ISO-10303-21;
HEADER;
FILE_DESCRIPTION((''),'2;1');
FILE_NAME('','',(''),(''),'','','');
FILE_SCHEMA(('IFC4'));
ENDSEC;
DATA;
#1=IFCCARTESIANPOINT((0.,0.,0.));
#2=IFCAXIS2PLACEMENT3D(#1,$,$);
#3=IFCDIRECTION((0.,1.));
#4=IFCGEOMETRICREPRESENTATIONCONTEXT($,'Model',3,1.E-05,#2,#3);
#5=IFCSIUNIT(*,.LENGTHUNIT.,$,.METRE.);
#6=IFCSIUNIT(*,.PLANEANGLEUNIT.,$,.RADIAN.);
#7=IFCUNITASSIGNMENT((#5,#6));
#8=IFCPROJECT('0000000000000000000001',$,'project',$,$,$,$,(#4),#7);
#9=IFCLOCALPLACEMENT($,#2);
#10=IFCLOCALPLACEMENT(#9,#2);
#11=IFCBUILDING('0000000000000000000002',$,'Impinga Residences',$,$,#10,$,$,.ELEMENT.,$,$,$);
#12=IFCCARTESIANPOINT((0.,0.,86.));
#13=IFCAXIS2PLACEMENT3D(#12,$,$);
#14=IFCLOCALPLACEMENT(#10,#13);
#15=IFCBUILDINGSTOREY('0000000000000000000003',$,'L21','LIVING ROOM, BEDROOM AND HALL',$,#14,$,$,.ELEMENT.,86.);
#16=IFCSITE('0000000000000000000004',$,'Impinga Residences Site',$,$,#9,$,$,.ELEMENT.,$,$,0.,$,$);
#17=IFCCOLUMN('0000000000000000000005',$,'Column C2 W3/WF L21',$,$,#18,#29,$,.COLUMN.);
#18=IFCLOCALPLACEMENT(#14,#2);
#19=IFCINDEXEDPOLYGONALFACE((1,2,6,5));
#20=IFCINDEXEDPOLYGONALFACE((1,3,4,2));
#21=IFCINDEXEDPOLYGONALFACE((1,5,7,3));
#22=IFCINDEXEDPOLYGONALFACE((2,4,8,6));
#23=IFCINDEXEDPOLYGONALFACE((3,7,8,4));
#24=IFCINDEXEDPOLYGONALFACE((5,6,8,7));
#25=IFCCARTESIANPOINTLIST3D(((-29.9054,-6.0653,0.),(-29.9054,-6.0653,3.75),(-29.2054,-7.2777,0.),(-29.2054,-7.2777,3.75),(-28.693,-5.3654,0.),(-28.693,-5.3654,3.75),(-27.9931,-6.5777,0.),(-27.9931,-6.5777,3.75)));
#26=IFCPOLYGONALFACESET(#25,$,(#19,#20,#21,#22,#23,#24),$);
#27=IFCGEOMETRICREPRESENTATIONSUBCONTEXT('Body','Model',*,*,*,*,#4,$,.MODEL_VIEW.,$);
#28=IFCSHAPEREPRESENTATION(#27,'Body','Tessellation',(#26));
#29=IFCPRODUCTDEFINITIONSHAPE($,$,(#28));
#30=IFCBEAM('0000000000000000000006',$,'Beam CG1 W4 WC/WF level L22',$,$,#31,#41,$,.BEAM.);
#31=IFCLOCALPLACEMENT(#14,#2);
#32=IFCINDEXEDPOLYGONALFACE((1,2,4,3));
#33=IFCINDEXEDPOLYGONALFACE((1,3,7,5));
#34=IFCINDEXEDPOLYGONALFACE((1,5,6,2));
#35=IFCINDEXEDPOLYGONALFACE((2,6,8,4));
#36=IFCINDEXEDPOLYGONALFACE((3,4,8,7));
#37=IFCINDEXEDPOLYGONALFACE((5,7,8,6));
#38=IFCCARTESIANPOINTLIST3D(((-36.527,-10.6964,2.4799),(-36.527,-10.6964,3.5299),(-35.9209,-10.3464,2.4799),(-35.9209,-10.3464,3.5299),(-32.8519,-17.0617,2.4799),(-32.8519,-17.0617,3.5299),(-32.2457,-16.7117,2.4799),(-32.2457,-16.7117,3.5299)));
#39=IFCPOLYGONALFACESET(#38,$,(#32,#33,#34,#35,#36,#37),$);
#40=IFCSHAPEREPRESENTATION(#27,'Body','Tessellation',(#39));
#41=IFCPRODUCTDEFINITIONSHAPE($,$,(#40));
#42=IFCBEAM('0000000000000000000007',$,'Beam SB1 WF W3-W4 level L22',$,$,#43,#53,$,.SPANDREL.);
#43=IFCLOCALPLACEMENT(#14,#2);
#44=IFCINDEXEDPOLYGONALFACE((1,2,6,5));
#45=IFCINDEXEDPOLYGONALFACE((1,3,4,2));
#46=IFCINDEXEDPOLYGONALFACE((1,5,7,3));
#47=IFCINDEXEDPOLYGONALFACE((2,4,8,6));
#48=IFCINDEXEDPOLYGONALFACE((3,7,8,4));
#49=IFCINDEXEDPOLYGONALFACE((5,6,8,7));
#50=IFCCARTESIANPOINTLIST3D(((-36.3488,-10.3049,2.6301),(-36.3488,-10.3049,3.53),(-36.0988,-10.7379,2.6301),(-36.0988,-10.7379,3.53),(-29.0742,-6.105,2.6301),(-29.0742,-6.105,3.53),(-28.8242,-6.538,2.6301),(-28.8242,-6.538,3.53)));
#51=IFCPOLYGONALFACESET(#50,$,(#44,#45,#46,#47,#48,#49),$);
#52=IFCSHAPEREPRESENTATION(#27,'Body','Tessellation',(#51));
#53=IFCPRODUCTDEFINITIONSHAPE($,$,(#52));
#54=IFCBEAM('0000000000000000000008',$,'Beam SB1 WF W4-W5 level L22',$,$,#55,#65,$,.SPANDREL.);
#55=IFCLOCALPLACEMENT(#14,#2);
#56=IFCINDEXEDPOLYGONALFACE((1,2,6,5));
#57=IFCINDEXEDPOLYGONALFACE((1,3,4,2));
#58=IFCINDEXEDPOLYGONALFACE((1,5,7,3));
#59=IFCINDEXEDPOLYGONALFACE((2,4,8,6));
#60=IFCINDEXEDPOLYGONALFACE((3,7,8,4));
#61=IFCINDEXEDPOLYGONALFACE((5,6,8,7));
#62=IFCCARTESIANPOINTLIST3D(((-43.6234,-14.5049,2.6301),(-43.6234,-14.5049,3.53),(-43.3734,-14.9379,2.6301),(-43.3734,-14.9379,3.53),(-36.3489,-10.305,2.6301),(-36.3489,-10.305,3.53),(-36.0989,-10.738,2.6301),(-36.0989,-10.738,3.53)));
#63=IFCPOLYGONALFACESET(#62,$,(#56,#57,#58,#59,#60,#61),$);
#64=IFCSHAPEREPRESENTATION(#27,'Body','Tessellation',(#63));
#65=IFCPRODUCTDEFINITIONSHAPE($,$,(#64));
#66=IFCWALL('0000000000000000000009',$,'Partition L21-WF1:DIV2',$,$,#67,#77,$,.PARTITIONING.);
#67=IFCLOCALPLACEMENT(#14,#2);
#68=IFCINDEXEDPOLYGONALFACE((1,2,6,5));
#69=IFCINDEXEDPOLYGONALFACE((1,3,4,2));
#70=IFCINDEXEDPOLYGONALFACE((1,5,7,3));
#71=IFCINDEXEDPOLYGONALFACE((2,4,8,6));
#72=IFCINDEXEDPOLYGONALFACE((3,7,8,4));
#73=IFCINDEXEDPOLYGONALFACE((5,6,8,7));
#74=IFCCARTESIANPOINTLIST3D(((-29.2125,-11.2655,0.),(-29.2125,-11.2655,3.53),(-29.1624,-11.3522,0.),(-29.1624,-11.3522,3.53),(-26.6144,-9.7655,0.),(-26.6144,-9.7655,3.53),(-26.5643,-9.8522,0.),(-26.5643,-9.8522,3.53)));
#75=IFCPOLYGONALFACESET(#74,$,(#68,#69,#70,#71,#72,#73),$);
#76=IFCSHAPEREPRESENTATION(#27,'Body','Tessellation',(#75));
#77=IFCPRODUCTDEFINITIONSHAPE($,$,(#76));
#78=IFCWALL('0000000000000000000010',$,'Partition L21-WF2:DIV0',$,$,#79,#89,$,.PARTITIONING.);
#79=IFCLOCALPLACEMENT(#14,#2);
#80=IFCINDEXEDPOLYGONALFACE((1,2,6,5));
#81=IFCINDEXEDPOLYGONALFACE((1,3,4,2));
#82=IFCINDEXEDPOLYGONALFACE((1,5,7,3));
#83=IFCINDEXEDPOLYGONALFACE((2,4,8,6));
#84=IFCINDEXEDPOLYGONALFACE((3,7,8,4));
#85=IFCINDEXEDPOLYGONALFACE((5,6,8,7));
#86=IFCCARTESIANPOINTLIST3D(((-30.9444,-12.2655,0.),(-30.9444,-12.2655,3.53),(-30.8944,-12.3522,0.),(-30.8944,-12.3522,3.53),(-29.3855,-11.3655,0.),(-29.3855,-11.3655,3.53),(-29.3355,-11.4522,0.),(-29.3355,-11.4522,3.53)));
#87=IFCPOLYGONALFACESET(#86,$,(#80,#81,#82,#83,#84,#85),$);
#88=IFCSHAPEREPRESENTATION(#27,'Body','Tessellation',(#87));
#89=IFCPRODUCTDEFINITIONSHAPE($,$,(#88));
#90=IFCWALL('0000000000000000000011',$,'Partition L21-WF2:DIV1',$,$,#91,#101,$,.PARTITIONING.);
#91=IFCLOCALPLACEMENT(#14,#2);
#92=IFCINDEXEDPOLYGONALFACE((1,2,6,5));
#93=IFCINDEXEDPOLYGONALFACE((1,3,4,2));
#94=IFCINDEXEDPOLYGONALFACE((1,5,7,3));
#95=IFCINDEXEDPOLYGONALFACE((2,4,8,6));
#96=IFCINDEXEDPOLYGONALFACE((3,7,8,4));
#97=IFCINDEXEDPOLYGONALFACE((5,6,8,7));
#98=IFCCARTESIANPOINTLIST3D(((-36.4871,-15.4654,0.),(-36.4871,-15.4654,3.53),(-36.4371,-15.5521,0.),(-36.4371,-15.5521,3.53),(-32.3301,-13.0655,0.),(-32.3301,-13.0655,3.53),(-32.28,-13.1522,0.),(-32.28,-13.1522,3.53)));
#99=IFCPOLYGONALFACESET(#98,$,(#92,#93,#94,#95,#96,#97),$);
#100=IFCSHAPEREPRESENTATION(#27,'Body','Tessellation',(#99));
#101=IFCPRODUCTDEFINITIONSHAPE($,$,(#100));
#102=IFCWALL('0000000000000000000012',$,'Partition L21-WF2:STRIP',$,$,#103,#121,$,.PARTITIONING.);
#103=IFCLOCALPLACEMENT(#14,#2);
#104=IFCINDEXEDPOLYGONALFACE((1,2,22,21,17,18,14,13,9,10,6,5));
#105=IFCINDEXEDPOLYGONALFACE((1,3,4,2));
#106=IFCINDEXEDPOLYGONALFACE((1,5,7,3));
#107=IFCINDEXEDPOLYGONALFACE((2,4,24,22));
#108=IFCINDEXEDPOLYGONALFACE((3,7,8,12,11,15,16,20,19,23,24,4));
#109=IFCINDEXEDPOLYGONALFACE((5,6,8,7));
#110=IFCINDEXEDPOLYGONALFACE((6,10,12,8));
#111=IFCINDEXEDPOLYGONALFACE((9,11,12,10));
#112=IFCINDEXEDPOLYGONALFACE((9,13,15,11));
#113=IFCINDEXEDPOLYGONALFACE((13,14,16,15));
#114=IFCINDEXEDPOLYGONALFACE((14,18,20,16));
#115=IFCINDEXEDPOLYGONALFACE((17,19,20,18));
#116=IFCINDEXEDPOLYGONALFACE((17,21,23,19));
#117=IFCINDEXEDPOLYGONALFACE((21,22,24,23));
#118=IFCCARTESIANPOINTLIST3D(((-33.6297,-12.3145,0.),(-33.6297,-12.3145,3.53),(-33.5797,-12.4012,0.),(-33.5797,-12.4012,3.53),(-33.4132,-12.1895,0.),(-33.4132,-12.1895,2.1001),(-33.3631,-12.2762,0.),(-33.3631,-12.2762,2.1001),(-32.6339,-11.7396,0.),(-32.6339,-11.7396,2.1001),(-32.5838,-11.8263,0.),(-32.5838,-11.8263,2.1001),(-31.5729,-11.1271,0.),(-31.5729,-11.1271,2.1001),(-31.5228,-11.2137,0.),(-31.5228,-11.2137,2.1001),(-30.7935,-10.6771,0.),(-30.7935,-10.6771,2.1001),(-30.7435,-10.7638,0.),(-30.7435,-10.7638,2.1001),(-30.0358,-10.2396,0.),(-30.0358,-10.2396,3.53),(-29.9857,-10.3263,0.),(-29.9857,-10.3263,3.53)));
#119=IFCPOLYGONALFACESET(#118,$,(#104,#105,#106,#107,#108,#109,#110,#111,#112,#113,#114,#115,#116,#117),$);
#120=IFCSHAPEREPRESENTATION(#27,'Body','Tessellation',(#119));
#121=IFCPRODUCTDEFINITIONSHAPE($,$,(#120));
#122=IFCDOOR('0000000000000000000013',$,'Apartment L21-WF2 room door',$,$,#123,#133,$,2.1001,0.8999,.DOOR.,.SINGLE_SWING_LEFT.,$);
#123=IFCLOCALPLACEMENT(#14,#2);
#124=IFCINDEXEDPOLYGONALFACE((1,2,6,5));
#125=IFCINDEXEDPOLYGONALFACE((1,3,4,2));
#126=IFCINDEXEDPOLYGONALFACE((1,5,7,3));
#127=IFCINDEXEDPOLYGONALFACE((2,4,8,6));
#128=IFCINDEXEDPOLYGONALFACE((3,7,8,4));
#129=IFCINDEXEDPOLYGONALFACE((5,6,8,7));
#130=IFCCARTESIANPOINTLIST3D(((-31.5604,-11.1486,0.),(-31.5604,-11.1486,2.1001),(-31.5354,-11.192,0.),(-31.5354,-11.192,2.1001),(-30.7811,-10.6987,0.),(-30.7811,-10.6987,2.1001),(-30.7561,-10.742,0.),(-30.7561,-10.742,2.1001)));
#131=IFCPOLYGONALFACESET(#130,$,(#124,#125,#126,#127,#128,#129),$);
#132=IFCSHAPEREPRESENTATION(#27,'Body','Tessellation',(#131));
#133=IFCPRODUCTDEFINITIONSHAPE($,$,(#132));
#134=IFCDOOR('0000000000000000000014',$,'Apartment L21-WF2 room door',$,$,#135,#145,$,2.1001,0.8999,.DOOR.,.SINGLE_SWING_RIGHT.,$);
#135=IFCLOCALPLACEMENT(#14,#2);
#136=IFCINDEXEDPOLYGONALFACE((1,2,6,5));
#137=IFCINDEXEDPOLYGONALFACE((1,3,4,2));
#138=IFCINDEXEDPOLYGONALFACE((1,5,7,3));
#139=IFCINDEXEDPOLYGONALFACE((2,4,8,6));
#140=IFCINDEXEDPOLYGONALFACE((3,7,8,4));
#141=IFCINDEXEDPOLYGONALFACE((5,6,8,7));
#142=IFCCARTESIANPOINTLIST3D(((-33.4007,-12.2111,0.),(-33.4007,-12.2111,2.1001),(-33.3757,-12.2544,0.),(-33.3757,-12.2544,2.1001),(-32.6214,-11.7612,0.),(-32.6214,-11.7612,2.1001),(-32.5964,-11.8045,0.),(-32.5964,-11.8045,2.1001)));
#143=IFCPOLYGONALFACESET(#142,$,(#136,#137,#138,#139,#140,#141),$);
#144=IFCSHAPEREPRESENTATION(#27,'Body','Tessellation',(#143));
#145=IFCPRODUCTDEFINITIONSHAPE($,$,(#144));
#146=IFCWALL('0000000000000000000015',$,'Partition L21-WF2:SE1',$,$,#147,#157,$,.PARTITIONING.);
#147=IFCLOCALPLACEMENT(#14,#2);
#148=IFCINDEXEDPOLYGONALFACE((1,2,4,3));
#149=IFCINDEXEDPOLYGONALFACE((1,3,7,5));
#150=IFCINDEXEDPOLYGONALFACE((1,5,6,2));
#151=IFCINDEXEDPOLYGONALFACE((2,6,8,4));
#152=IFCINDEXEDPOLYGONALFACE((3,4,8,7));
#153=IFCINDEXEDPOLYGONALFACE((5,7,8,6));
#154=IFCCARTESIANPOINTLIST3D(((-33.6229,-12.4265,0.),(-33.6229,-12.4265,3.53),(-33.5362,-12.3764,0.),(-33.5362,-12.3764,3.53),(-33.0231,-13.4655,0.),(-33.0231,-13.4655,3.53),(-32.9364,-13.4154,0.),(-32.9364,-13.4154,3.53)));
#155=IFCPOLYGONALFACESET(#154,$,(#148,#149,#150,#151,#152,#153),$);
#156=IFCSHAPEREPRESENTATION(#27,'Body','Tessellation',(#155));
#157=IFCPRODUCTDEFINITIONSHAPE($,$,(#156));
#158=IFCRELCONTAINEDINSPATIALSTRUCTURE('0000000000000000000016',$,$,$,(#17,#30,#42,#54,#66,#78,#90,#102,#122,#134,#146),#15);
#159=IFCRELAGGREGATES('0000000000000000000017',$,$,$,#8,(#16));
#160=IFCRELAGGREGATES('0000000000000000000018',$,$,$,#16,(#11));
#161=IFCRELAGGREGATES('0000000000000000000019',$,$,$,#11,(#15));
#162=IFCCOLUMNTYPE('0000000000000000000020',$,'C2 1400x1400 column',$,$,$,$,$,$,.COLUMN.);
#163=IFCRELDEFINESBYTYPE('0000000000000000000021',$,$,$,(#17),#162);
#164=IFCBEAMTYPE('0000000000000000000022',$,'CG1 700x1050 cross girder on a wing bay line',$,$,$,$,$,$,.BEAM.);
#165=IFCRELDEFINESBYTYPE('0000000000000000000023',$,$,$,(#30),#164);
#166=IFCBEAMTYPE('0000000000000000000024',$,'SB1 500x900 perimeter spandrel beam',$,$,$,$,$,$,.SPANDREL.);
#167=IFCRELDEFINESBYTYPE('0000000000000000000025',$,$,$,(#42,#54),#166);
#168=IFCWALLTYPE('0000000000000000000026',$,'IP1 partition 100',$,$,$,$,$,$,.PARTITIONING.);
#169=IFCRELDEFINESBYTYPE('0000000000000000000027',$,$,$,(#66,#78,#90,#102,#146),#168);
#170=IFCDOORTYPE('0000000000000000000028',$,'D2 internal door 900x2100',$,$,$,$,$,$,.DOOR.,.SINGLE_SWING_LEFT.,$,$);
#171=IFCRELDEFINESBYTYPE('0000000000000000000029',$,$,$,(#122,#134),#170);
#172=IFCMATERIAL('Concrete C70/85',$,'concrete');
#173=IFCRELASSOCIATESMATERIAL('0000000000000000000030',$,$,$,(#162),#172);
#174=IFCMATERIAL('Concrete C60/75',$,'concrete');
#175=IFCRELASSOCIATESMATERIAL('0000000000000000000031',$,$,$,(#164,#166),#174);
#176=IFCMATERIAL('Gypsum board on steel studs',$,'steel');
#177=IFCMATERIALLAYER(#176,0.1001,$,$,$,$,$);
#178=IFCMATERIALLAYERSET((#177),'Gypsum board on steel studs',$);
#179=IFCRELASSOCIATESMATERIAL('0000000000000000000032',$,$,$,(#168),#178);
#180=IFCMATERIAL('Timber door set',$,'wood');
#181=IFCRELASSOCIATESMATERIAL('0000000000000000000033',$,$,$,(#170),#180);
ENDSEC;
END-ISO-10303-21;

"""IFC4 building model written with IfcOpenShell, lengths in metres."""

from ifc_helpers import new_model, si_unit, direction, frame, frame_2d, origin, origin_2d, place, context, subcontext, project, spatial, rectangle, extrude, material, layer, layer_set, material_profile, profile_set, type_object, element, fill, save


model = new_model("IFC4")

# Units and contexts
model_context = context("Model", 3, precision=1e-05, world=origin(), true_north=direction((0.0, 1.0)))
body_context = subcontext(model_context, "Body", "Model", "MODEL_VIEW")
ifc_project = project(units=[si_unit("LENGTHUNIT", "METRE"), si_unit("PLANEANGLEUNIT", "RADIAN")], contexts=[model_context])

# Site, building, storey
site_placement = place(None, origin())
site = spatial("IfcSite", under=ifc_project, at=site_placement, Name="Impinga Residences Site", CompositionType="ELEMENT", RefElevation=0.0)
building_placement = place(site_placement, origin())
building = spatial("IfcBuilding", under=site, at=building_placement, Name="Impinga Residences", CompositionType="ELEMENT")
storey_placement = place(building_placement, frame((0.0, 0.0, 86.0)))
storey = spatial("IfcBuildingStorey", under=building, at=storey_placement, Name="L21", Description="LIVING ROOM, BEDROOM AND HALL", CompositionType="ELEMENT", Elevation=86.0)

# Column
ifc_material_1 = material(Name="Concrete C70/85", Category="concrete")
ifc_material_profile_1 = material_profile(ifc_material_1, rectangle(XDim=1.3999, YDim=1.3999, at=origin_2d()), Name="RC 1400x1400")
ifc_profile_set_1 = profile_set([ifc_material_profile_1], Name="Concrete C70/85")
column_type = type_object("IfcColumnType", Name="C2 1400x1400 column", PredefinedType="COLUMN", material=ifc_profile_set_1)
column_placement = place(storey_placement, frame((-28.9492, -6.3215, 0.0), z_axis=(0.0, 0.0, 1.0), x_axis=(-0.5, 0.866025, 0.0)))
element("IfcColumn", 1, at=column_placement, inside=storey, type_object=column_type, Name="Column C2 W3/WF L21", PredefinedType="COLUMN", context=body_context, shape_type="SweptSolid", body=[
    extrude(rectangle(XDim=1.3999, YDim=1.3999, at=origin_2d()), origin(), (0.0, 0.0, 1.0), 3.75),
])

# Beams
ifc_material_2 = material(Name="Concrete C60/75", Category="concrete")
ifc_material_profile_2 = material_profile(ifc_material_2, rectangle(XDim=0.7, YDim=1.05, at=origin_2d()), Name="RC 700x1050")
ifc_profile_set_2 = profile_set([ifc_material_profile_2], Name="Concrete C60/75")
beam_type_1 = type_object("IfcBeamType", Name="CG1 700x1050 cross girder on a wing bay line", PredefinedType="BEAM", material=ifc_profile_set_2)
beam_placement = place(storey_placement, frame((-32.5488, -16.8867, 3.0049), z_axis=(-0.500008, 0.866021, 0.0), x_axis=(-0.866021, -0.500008, 0.0)))
element("IfcBeam", 2, at=beam_placement, inside=storey, type_object=beam_type_1, Name="Beam CG1 W4 WC/WF level L22", PredefinedType="BEAM", context=body_context, shape_type="SweptSolid", body=[
    extrude(rectangle(XDim=0.7, YDim=1.05, at=origin_2d()), origin(), (0.0, 0.0, 1.0), 7.3501),
])
ifc_material_profile_3 = material_profile(ifc_material_2, rectangle(XDim=0.5, YDim=0.8999, at=origin_2d()), Name="RC 500x900")
ifc_profile_set_3 = profile_set([ifc_material_profile_3], Name="Concrete C60/75")
beam_type_2 = type_object("IfcBeamType", Name="SB1 500x900 perimeter spandrel beam", PredefinedType="SPANDREL", material=ifc_profile_set_3)
for number, where, z_axis, x_axis, name in (
    (3, (-28.9492, -6.3215, 3.0801), (-0.866029, -0.499993, 0.0), (0.499993, -0.866029, 0.0), "Beam SB1 WF W3-W4 level L22"),
    (4, (-36.2239, -10.5215, 3.0801), (-0.866029, -0.499993, 0.0), (0.499993, -0.866029, 0.0), "Beam SB1 WF W4-W5 level L22"),
):
    element("IfcBeam", number, at=place(storey_placement, frame(where, z_axis=z_axis, x_axis=x_axis)), inside=storey, type_object=beam_type_2, Name=name, PredefinedType="SPANDREL", context=body_context, shape_type="SweptSolid", body=[
        extrude(rectangle(XDim=0.5, YDim=0.8999, at=origin_2d()), origin(), (0.0, 0.0, 1.0), 8.3999),
    ])

# Walls
ifc_material_3 = material(Name="Gypsum board on steel studs", Category="steel")
ifc_layer_1 = layer(ifc_material_3, 0.1001)
ifc_layer_set_1 = layer_set([ifc_layer_1], Name="Gypsum board on steel studs")
wall_type_1 = type_object("IfcWallType", Name="IP1 partition 100", PredefinedType="PARTITIONING", material=ifc_layer_set_1)
wall_1_placement = place(storey_placement, frame((-26.5894, -9.8088, 0.0), z_axis=(0.0, 0.0, 1.0), x_axis=(-0.866031, -0.49999, 0.0)))
element("IfcWall", 5, at=wall_1_placement, inside=storey, type_object=wall_type_1, Name="Partition L21-WF1:DIV2", PredefinedType="PARTITIONING", context=body_context, shape_type="SweptSolid", body=[
    extrude(rectangle(XDim=3.0, YDim=0.1001, at=frame_2d((1.5, 0.0))), origin(), (0.0, 0.0, 1.0), 3.53),
])
wall_2_placement = place(storey_placement, frame((-29.3606, -11.4089, 0.0), z_axis=(0.0, 0.0, 1.0), x_axis=(-0.866048, -0.499961, 0.0)))
element("IfcWall", 6, at=wall_2_placement, inside=storey, type_object=wall_type_1, Name="Partition L21-WF2:DIV0", PredefinedType="PARTITIONING", context=body_context, shape_type="SweptSolid", body=[
    extrude(rectangle(XDim=1.8, YDim=0.1001, at=frame_2d((0.8999, 0.0))), origin(), (0.0, 0.0, 1.0), 3.53),
])
wall_3_placement = place(storey_placement, frame((-32.3052, -13.1089, 0.0), z_axis=(0.0, 0.0, 1.0), x_axis=(-0.866037, -0.499979, 0.0)))
element("IfcWall", 7, at=wall_3_placement, inside=storey, type_object=wall_type_1, Name="Partition L21-WF2:DIV1", PredefinedType="PARTITIONING", context=body_context, shape_type="SweptSolid", body=[
    extrude(rectangle(XDim=4.8, YDim=0.1001, at=frame_2d((2.3999, 0.0))), origin(), (0.0, 0.0, 1.0), 3.53),
])

# Wall, openings, doors
wall_4_placement = place(storey_placement, frame((-30.0107, -10.283, 0.0), z_axis=(0.0, 0.0, 1.0), x_axis=(-0.86603, -0.499992, 0.0)))
wall_4 = element("IfcWall", 8, at=wall_4_placement, inside=storey, type_object=wall_type_1, Name="Partition L21-WF2:STRIP", PredefinedType="PARTITIONING", context=body_context, shape_type="SweptSolid", body=[
    extrude(rectangle(XDim=4.1499, YDim=0.1001, at=frame_2d((2.075, 0.0))), origin(), (0.0, 0.0, 1.0), 3.53),
])
opening_1_placement = place(wall_4_placement, frame((0.875, 0.0, 0.0)))
opening_1 = element("IfcOpeningElement", 9, at=opening_1_placement, cuts=wall_4, PredefinedType="OPENING", context=body_context, shape_type="SweptSolid", body=[
    extrude(rectangle(XDim=0.8999, YDim=2.1001, at=frame_2d((0.45, 1.05))), frame((0.0, 0.0601, 0.0), z_axis=(0.0, -1.0, 0.0), x_axis=(1.0, 0.0, 0.0)), (0.0, 0.0, 1.0), 0.1201),
])
opening_2_placement = place(wall_4_placement, frame((3.0, 0.0, 0.0)))
opening_2 = element("IfcOpeningElement", 10, at=opening_2_placement, cuts=wall_4, PredefinedType="OPENING", context=body_context, shape_type="SweptSolid", body=[
    extrude(rectangle(XDim=0.8999, YDim=2.1001, at=frame_2d((0.45, 1.05))), frame((0.0, 0.0601, 0.0), z_axis=(0.0, -1.0, 0.0), x_axis=(1.0, 0.0, 0.0)), (0.0, 0.0, 1.0), 0.1201),
])
ifc_material_4 = material(Name="Timber door set", Category="wood")
door_type = type_object("IfcDoorType", Name="D2 internal door 900x2100", OperationType="SINGLE_SWING_LEFT", PredefinedType="DOOR", material=ifc_material_4)
door_1_placement = place(opening_1_placement, origin())
door_1 = element("IfcDoor", 11, at=door_1_placement, inside=storey, type_object=door_type, Name="Apartment L21-WF2 room door", OperationType="SINGLE_SWING_LEFT", OverallHeight=2.1001, OverallWidth=0.8999, PredefinedType="DOOR", context=body_context, shape_type="SweptSolid", body=[
    extrude(rectangle(XDim=0.8999, YDim=2.1001, at=frame_2d((0.45, 1.05))), frame((0.0, 0.0249, 0.0), z_axis=(0.0, -1.0, 0.0), x_axis=(1.0, 0.0, 0.0)), (0.0, 0.0, 1.0), 0.05),
])
fill(opening_1, door_1)
door_2_placement = place(opening_2_placement, origin())
door_2 = element("IfcDoor", 12, at=door_2_placement, inside=storey, type_object=door_type, Name="Apartment L21-WF2 room door", OperationType="SINGLE_SWING_RIGHT", OverallHeight=2.1001, OverallWidth=0.8999, PredefinedType="DOOR", context=body_context, shape_type="SweptSolid", body=[
    extrude(rectangle(XDim=0.8999, YDim=2.1001, at=frame_2d((0.45, 1.05))), frame((0.0, 0.0249, 0.0), z_axis=(0.0, -1.0, 0.0), x_axis=(1.0, 0.0, 0.0)), (0.0, 0.0, 1.0), 0.05),
])
fill(opening_2, door_2)

# Wall
wall_5_placement = place(storey_placement, frame((-32.9797, -13.4404, 0.0), z_axis=(0.0, 0.0, 1.0), x_axis=(-0.499969, 0.866043, 0.0)))
element("IfcWall", 13, at=wall_5_placement, inside=storey, type_object=wall_type_1, Name="Partition L21-WF2:SE1", PredefinedType="PARTITIONING", context=body_context, shape_type="SweptSolid", body=[
    extrude(rectangle(XDim=1.1997, YDim=0.1001, at=frame_2d((0.5999, 0.0))), origin(), (0.0, 0.0, 1.0), 3.53),
])

save(model, "model.ifc")
